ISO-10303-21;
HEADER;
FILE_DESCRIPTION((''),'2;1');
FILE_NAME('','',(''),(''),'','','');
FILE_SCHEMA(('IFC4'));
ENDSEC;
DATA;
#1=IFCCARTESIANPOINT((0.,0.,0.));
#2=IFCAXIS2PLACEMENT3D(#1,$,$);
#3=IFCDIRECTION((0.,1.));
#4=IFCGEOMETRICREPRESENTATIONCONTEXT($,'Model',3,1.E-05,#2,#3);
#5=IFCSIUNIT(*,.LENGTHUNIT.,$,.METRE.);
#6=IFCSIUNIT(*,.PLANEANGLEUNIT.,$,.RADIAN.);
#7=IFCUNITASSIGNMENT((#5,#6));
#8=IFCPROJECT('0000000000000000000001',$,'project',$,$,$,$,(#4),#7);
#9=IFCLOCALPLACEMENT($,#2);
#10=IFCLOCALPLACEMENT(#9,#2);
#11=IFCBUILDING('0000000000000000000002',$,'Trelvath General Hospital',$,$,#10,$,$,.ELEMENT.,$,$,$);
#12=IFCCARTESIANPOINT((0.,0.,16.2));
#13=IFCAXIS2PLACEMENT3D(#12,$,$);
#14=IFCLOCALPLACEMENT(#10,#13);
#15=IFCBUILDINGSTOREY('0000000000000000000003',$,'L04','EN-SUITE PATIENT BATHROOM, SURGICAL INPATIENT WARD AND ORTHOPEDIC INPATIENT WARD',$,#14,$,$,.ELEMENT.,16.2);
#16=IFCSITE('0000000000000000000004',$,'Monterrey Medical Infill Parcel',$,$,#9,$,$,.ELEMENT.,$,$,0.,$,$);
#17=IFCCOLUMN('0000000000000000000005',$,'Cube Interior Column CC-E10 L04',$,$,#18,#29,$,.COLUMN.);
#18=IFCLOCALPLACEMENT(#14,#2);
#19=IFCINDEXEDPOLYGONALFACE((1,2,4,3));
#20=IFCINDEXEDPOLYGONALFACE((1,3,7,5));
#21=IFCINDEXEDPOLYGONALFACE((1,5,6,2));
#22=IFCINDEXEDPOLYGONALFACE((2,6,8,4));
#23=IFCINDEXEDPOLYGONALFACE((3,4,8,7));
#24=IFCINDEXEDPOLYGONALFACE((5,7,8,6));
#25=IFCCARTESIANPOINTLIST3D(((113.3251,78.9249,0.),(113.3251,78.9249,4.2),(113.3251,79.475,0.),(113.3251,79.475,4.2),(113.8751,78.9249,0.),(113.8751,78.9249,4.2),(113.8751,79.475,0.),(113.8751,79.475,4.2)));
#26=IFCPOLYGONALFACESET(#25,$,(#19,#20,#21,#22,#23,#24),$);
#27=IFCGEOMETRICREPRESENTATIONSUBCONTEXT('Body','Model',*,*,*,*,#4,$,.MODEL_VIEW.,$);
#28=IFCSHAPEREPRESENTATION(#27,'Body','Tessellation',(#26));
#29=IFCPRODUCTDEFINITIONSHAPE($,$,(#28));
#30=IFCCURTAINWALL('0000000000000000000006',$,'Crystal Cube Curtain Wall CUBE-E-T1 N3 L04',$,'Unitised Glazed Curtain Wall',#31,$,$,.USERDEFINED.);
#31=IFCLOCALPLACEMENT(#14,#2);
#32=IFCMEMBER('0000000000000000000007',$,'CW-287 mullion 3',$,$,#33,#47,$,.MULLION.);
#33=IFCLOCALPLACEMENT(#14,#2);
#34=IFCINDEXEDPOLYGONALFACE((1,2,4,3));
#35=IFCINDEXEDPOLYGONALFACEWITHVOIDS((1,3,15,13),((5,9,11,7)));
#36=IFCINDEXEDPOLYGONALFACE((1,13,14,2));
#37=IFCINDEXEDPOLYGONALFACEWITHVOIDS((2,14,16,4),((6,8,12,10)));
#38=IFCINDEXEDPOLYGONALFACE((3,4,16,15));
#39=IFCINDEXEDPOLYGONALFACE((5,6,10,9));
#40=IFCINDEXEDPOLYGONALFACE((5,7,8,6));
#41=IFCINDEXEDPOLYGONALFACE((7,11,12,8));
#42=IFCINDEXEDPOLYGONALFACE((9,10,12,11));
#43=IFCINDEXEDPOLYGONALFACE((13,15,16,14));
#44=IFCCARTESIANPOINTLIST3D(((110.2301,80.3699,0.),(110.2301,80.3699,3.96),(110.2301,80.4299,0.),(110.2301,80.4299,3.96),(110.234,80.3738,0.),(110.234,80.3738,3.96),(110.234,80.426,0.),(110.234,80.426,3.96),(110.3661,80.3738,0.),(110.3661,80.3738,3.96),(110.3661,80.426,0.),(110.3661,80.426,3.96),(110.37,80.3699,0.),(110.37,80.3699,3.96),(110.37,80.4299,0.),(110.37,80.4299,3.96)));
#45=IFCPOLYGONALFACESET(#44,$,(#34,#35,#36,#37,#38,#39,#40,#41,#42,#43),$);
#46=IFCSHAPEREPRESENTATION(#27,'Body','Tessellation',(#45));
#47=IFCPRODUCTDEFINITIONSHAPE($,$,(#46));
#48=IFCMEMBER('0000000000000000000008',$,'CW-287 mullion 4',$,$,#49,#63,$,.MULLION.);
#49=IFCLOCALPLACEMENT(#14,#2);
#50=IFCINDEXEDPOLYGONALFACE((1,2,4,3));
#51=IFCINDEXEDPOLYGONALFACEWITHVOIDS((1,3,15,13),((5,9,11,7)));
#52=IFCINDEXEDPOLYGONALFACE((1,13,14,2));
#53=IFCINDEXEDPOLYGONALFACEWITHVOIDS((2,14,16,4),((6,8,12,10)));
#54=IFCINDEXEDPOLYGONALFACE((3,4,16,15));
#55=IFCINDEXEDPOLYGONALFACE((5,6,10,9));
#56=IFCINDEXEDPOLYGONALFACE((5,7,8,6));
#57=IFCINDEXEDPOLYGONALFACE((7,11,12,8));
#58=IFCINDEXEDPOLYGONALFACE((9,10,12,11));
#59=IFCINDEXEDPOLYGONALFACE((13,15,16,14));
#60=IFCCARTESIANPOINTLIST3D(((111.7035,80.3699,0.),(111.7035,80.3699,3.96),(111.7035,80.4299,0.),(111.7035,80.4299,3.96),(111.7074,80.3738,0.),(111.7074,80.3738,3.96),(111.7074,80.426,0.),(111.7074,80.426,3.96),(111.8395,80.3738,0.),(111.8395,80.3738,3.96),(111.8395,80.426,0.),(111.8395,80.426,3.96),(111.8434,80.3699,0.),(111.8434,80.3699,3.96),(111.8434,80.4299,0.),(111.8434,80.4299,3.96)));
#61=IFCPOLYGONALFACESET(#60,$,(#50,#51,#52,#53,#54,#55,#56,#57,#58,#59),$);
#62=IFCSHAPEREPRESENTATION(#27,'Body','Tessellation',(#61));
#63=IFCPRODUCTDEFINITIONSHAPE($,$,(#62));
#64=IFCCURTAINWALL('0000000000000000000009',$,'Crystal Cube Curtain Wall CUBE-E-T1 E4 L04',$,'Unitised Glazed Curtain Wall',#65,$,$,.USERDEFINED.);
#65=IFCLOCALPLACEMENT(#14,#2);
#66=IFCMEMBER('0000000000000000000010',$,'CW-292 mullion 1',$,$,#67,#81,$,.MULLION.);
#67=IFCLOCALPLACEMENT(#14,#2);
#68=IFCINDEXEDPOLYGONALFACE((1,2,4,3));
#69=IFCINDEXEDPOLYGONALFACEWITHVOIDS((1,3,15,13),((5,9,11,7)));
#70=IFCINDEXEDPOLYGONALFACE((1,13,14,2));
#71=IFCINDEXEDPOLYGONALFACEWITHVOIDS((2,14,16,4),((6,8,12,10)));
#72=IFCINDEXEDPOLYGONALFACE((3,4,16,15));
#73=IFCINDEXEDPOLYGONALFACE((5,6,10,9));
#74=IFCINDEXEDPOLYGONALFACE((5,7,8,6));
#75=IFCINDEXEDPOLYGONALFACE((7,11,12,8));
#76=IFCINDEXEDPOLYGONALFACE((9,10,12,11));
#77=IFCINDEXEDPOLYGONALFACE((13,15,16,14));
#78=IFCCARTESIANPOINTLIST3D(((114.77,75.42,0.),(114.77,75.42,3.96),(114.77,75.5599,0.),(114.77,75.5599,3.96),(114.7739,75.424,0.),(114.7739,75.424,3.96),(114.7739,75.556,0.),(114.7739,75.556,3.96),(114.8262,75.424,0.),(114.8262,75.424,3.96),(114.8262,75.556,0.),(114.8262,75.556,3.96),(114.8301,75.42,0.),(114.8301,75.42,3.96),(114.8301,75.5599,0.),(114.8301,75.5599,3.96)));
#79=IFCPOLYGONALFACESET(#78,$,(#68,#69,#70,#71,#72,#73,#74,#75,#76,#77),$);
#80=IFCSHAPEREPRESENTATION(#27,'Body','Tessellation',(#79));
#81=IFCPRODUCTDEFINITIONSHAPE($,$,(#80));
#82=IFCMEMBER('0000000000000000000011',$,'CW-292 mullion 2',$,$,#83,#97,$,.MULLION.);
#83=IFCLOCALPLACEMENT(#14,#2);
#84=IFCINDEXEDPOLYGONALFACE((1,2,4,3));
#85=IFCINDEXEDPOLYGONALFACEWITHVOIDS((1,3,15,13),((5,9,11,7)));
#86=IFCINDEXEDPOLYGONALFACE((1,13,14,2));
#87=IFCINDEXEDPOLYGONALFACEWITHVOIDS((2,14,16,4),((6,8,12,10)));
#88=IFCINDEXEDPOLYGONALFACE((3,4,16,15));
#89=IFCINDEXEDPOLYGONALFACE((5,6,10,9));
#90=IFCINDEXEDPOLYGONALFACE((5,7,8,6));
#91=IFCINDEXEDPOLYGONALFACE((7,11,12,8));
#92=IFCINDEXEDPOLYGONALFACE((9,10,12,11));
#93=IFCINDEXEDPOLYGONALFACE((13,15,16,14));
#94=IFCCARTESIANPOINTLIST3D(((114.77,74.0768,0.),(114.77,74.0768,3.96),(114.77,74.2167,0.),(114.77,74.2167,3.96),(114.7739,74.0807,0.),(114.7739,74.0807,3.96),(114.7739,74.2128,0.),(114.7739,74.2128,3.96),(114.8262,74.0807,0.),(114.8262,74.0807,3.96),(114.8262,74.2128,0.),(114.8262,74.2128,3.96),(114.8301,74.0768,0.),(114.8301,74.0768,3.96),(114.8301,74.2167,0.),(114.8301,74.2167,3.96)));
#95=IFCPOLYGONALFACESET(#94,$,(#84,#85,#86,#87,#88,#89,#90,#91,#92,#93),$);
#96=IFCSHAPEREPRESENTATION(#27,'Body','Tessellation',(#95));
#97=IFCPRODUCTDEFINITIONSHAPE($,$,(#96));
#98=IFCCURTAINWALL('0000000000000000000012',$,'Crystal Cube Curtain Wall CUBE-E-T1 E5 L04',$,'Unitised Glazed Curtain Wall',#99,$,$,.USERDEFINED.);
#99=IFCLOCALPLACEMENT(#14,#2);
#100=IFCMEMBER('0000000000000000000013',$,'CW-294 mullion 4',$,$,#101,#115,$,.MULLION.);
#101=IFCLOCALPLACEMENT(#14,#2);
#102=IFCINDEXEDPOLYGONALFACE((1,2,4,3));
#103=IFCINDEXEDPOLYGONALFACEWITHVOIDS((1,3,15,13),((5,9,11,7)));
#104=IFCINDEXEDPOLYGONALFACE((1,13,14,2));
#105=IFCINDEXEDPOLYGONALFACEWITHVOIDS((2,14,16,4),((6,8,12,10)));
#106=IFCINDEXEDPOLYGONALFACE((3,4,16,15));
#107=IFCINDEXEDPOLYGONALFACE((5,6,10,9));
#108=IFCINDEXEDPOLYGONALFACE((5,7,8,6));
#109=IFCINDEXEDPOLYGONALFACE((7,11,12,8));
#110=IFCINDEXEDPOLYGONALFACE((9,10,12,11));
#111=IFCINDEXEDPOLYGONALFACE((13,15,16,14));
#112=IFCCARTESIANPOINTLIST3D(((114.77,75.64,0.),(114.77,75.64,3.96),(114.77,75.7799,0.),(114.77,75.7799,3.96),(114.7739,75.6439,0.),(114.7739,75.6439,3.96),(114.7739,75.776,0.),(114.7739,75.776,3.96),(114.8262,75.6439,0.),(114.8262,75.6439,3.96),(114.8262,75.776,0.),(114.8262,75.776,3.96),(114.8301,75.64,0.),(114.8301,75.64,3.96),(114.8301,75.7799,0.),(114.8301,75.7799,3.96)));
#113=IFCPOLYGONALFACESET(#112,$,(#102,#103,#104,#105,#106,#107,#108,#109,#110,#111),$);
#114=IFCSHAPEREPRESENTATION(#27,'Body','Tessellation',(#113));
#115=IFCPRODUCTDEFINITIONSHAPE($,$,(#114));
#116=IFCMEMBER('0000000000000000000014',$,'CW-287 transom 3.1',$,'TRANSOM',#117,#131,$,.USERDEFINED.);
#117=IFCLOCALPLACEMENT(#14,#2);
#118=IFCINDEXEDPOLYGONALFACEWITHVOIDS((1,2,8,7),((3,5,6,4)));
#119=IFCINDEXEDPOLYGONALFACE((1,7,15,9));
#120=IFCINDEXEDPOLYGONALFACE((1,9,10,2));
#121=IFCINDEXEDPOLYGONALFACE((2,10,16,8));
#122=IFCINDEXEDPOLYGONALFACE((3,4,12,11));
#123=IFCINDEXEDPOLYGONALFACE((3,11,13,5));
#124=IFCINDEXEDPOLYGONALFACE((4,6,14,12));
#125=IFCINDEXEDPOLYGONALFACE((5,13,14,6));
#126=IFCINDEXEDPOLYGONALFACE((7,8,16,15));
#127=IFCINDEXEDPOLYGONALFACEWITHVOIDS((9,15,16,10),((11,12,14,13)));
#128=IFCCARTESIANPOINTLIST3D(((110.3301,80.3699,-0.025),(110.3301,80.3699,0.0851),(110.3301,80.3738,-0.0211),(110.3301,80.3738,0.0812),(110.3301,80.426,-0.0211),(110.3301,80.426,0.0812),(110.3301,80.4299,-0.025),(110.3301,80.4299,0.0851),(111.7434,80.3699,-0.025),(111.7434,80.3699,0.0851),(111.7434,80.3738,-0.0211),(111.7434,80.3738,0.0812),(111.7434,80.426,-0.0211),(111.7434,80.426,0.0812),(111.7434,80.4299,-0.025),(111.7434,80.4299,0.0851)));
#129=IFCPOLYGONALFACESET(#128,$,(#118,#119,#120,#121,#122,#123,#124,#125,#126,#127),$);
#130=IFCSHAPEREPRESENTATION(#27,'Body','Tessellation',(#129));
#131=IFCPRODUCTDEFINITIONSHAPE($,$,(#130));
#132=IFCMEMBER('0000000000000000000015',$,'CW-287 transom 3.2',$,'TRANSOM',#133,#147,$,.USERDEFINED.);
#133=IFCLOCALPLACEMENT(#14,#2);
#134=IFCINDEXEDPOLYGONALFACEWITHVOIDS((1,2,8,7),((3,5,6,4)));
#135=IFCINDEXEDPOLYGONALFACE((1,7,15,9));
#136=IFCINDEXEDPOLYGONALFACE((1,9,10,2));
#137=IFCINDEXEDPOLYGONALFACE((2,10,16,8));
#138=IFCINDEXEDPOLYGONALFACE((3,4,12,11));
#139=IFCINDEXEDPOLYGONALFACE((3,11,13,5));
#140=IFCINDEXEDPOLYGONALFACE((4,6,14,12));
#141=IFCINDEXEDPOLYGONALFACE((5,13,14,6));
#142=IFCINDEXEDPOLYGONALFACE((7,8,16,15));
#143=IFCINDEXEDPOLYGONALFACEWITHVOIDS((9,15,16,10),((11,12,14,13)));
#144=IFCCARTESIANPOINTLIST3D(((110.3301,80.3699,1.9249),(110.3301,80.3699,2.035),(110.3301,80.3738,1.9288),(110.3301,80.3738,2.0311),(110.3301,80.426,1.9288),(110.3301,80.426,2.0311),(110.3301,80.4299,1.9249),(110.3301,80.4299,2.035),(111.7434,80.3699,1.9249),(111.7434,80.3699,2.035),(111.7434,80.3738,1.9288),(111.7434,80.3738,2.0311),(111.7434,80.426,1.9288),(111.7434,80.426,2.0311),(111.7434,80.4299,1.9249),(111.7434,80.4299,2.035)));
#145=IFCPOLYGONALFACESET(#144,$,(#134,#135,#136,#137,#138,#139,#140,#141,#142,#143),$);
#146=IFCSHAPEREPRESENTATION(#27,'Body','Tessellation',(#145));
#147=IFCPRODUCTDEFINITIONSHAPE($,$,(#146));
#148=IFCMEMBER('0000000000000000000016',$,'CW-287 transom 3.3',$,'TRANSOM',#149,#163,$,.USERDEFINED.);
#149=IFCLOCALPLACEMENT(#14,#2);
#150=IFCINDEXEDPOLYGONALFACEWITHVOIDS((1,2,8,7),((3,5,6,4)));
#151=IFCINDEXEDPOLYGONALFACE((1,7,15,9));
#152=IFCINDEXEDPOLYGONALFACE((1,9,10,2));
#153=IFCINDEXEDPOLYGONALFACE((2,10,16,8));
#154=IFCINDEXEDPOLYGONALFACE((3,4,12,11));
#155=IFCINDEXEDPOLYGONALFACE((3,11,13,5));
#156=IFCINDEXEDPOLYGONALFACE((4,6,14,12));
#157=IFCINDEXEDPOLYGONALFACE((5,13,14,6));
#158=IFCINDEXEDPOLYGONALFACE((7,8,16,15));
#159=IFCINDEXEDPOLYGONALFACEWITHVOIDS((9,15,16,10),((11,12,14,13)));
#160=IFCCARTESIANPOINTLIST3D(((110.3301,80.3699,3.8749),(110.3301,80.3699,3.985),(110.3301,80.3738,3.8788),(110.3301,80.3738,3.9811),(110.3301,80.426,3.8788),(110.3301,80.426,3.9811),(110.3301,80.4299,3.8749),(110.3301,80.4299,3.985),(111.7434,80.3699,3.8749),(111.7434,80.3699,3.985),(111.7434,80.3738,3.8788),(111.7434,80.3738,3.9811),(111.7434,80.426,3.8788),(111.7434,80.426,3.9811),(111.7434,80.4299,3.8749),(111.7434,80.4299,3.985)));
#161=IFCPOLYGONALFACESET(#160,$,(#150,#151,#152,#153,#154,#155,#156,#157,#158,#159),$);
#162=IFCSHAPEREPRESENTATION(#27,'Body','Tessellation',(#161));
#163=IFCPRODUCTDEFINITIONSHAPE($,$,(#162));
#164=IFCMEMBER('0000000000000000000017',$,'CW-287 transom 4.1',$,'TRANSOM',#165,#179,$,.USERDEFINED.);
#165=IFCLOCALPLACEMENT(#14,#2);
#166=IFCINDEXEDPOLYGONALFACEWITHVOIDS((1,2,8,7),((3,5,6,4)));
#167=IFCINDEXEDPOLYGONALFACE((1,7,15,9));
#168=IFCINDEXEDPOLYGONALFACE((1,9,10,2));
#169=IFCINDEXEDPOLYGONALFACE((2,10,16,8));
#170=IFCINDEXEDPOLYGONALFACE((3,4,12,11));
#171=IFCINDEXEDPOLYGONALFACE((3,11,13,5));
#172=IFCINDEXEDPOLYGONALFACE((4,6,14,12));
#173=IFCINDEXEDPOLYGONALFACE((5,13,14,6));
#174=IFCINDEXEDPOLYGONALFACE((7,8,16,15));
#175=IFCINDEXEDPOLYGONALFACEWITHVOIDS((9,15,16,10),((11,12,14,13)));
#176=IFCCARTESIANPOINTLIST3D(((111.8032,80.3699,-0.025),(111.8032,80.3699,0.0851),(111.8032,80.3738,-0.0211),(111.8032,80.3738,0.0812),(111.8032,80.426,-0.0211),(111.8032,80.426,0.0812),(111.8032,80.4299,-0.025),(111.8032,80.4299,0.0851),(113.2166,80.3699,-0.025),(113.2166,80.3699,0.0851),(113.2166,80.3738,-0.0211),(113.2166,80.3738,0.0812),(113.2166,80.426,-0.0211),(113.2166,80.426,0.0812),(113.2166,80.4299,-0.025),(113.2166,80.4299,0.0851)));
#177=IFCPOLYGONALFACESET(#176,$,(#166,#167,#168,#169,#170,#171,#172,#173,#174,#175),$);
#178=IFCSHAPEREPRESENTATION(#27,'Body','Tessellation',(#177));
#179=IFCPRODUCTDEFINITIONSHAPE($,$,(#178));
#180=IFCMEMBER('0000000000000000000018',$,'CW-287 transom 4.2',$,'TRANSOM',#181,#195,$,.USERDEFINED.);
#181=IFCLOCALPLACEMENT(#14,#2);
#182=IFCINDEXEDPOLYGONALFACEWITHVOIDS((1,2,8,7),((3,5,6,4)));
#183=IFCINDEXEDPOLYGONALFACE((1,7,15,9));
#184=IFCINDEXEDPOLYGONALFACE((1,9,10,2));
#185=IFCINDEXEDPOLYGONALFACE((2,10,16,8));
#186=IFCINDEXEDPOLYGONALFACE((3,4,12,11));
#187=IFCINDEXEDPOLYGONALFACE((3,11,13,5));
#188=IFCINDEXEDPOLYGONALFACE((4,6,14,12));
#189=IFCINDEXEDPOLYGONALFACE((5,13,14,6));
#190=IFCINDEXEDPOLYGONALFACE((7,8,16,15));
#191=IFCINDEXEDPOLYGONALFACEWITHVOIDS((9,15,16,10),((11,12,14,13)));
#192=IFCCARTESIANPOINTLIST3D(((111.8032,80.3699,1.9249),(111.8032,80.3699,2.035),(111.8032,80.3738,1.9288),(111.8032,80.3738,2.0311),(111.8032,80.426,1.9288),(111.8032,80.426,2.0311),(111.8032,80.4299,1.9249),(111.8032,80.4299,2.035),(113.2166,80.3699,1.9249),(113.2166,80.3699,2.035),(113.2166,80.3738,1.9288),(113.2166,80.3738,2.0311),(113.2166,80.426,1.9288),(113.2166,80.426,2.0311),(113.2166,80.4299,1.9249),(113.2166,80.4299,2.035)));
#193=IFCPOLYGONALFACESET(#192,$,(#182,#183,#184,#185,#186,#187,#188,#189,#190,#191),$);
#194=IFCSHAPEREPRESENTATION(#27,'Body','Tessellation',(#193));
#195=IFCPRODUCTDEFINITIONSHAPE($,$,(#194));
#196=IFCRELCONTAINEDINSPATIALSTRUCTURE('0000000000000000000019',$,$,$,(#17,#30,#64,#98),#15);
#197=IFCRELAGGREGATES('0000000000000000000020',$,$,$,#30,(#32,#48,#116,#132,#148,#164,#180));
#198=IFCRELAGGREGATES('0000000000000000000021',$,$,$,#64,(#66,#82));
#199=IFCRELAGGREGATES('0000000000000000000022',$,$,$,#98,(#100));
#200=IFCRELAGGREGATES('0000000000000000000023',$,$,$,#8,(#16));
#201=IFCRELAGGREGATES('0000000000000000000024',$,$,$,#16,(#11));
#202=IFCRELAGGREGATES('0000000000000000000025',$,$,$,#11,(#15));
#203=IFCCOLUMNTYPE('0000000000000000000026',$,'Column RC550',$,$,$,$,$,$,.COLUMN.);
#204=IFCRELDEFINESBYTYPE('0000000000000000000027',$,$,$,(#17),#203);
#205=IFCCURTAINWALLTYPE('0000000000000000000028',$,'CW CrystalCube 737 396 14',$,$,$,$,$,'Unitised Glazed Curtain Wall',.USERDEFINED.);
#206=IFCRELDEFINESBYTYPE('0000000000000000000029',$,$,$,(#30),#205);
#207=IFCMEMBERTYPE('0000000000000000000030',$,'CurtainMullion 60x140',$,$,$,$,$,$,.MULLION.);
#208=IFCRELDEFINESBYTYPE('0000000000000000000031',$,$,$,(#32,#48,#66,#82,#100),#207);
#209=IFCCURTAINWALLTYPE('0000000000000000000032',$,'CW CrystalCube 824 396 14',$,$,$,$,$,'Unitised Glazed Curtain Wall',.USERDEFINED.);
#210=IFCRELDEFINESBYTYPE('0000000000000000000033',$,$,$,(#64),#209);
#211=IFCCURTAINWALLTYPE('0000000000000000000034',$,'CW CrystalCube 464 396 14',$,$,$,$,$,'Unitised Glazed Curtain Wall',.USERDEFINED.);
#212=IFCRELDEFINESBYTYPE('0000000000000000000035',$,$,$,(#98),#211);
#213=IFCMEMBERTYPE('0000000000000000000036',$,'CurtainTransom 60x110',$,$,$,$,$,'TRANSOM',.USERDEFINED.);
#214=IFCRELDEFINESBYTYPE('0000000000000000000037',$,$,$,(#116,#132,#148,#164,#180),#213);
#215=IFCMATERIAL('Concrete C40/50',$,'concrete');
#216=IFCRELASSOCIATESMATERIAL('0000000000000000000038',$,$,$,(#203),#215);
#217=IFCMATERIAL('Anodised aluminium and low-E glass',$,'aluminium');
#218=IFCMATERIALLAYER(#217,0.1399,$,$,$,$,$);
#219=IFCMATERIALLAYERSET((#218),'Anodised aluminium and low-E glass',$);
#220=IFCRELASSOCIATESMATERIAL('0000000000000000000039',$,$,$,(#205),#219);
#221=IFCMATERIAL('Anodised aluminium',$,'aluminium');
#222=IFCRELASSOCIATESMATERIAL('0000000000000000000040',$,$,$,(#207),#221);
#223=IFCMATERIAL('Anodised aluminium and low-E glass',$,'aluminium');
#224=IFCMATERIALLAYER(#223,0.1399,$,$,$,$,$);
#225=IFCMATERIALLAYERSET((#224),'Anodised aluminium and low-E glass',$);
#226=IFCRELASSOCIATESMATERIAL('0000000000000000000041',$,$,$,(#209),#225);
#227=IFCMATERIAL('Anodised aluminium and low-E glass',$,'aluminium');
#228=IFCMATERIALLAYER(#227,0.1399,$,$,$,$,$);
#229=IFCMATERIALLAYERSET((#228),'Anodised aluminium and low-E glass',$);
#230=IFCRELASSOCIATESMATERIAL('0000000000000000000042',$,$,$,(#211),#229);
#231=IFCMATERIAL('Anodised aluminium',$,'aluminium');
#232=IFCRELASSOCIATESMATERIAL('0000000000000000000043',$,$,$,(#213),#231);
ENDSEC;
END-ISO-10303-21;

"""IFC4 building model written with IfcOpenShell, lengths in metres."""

from ifc_helpers import new_model, si_unit, direction, frame, origin, origin_2d, place, context, subcontext, project, spatial, rectangle, hollow_rectangle, extrude, material, layer, layer_set, material_profile, profile_set, type_object, element, aggregate, save


model = new_model("IFC4")

# Units and contexts
model_context = context("Model", 3, precision=1e-05, world=origin(), true_north=direction((0.0, 1.0)))
body_context = subcontext(model_context, "Body", "Model", "MODEL_VIEW")
ifc_project = project(units=[si_unit("LENGTHUNIT", "METRE"), si_unit("PLANEANGLEUNIT", "RADIAN")], contexts=[model_context])

# Site, building, storey
site_placement = place(None, origin())
site = spatial("IfcSite", under=ifc_project, at=site_placement, Name="Monterrey Medical Infill Parcel", CompositionType="ELEMENT", RefElevation=0.0)
building_placement = place(site_placement, origin())
building = spatial("IfcBuilding", under=site, at=building_placement, Name="Trelvath General Hospital", CompositionType="ELEMENT")
storey_placement = place(building_placement, frame((0.0, 0.0, 16.2)))
storey = spatial("IfcBuildingStorey", under=building, at=storey_placement, Name="L04", Description="EN-SUITE PATIENT BATHROOM, SURGICAL INPATIENT WARD AND ORTHOPEDIC INPATIENT WARD", CompositionType="ELEMENT", Elevation=16.2)

# Column
ifc_material_1 = material(Name="Concrete C40/50", Category="concrete")
ifc_material_profile_1 = material_profile(ifc_material_1, rectangle(XDim=0.55, YDim=0.55, at=origin_2d()), Name="RC550x550")
ifc_profile_set_1 = profile_set([ifc_material_profile_1], Name="Concrete C40/50")
column_type = type_object("IfcColumnType", Name="Column RC550", PredefinedType="COLUMN", material=ifc_profile_set_1)
column_placement = place(storey_placement, frame((113.6001, 79.2, 0.0), z_axis=(0.0, 0.0, 1.0), x_axis=(1.0, 0.0, 0.0)))
element("IfcColumn", 1, at=column_placement, inside=storey, type_object=column_type, Name="Cube Interior Column CC-E10 L04", PredefinedType="COLUMN", context=body_context, shape_type="SweptSolid", body=[
    extrude(rectangle(XDim=0.55, YDim=0.55, at=origin_2d()), origin(), (0.0, 0.0, 1.0), 4.2),
])

# Curtain walls, members
ifc_material_2 = material(Name="Anodised aluminium and low-E glass", Category="aluminium")
ifc_layer_1 = layer(ifc_material_2, 0.1399)
ifc_layer_set_1 = layer_set([ifc_layer_1], Name="Anodised aluminium and low-E glass")
curtain_wall_type_1 = type_object("IfcCurtainWallType", Name="CW CrystalCube 737 396 14", ElementType="Unitised Glazed Curtain Wall", PredefinedType="USERDEFINED", material=ifc_layer_set_1)
curtain_wall_1_placement = place(storey_placement, origin())
curtain_wall_1 = element("IfcCurtainWall", 2, at=curtain_wall_1_placement, inside=storey, type_object=curtain_wall_type_1, Name="Crystal Cube Curtain Wall CUBE-E-T1 N3 L04", ObjectType="Unitised Glazed Curtain Wall", PredefinedType="USERDEFINED")
ifc_material_3 = material(Name="Anodised aluminium", Category="aluminium")
ifc_material_profile_2 = material_profile(ifc_material_3, hollow_rectangle(XDim=0.0601, YDim=0.1399, WallThickness=0.0039, at=origin_2d()), Name="RHS60x140x4")
ifc_profile_set_2 = profile_set([ifc_material_profile_2], Name="Anodised aluminium")
member_type_1 = type_object("IfcMemberType", Name="CurtainMullion 60x140", PredefinedType="MULLION", material=ifc_profile_set_2)
member_1_placement = place(storey_placement, frame((110.3, 80.3999, 0.0), z_axis=(0.0, 0.0, 1.0), x_axis=(0.0, 1.0, 0.0)))
member_1 = element("IfcMember", 3, at=member_1_placement, type_object=member_type_1, Name="CW-287 mullion 3", PredefinedType="MULLION", context=body_context, shape_type="SweptSolid", body=[
    extrude(hollow_rectangle(XDim=0.0601, YDim=0.1399, WallThickness=0.0039, at=origin_2d()), origin(), (0.0, 0.0, 1.0), 3.96),
])
member_2_placement = place(storey_placement, frame((111.7734, 80.3999, 0.0), z_axis=(0.0, 0.0, 1.0), x_axis=(0.0, 1.0, 0.0)))
member_2 = element("IfcMember", 4, at=member_2_placement, type_object=member_type_1, Name="CW-287 mullion 4", PredefinedType="MULLION", context=body_context, shape_type="SweptSolid", body=[
    extrude(hollow_rectangle(XDim=0.0601, YDim=0.1399, WallThickness=0.0039, at=origin_2d()), origin(), (0.0, 0.0, 1.0), 3.96),
])
ifc_material_4 = material(Name="Anodised aluminium and low-E glass", Category="aluminium")
ifc_layer_2 = layer(ifc_material_4, 0.1399)
ifc_layer_set_2 = layer_set([ifc_layer_2], Name="Anodised aluminium and low-E glass")
curtain_wall_type_2 = type_object("IfcCurtainWallType", Name="CW CrystalCube 824 396 14", ElementType="Unitised Glazed Curtain Wall", PredefinedType="USERDEFINED", material=ifc_layer_set_2)
curtain_wall_2_placement = place(storey_placement, origin())
curtain_wall_2 = element("IfcCurtainWall", 5, at=curtain_wall_2_placement, inside=storey, type_object=curtain_wall_type_2, Name="Crystal Cube Curtain Wall CUBE-E-T1 E4 L04", ObjectType="Unitised Glazed Curtain Wall", PredefinedType="USERDEFINED")
member_3_placement = place(storey_placement, frame((114.8, 75.49, 0.0), z_axis=(0.0, 0.0, 1.0), x_axis=(1.0, 0.0, 0.0)))
member_3 = element("IfcMember", 6, at=member_3_placement, type_object=member_type_1, Name="CW-292 mullion 1", PredefinedType="MULLION", context=body_context, shape_type="SweptSolid", body=[
    extrude(hollow_rectangle(XDim=0.0601, YDim=0.1399, WallThickness=0.0039, at=origin_2d()), origin(), (0.0, 0.0, 1.0), 3.96),
])
member_4_placement = place(storey_placement, frame((114.8, 74.1467, 0.0), z_axis=(0.0, 0.0, 1.0), x_axis=(1.0, 0.0, 0.0)))
member_4 = element("IfcMember", 7, at=member_4_placement, type_object=member_type_1, Name="CW-292 mullion 2", PredefinedType="MULLION", context=body_context, shape_type="SweptSolid", body=[
    extrude(hollow_rectangle(XDim=0.0601, YDim=0.1399, WallThickness=0.0039, at=origin_2d()), origin(), (0.0, 0.0, 1.0), 3.96),
])

# Curtain wall, member
ifc_material_5 = material(Name="Anodised aluminium and low-E glass", Category="aluminium")
ifc_layer_3 = layer(ifc_material_5, 0.1399)
ifc_layer_set_3 = layer_set([ifc_layer_3], Name="Anodised aluminium and low-E glass")
curtain_wall_type_3 = type_object("IfcCurtainWallType", Name="CW CrystalCube 464 396 14", ElementType="Unitised Glazed Curtain Wall", PredefinedType="USERDEFINED", material=ifc_layer_set_3)
curtain_wall_3_placement = place(storey_placement, origin())
curtain_wall_3 = element("IfcCurtainWall", 8, at=curtain_wall_3_placement, inside=storey, type_object=curtain_wall_type_3, Name="Crystal Cube Curtain Wall CUBE-E-T1 E5 L04", ObjectType="Unitised Glazed Curtain Wall", PredefinedType="USERDEFINED")
member_5_placement = place(storey_placement, frame((114.8, 75.71, 0.0), z_axis=(0.0, 0.0, 1.0), x_axis=(1.0, 0.0, 0.0)))
member_5 = element("IfcMember", 9, at=member_5_placement, type_object=member_type_1, Name="CW-294 mullion 4", PredefinedType="MULLION", context=body_context, shape_type="SweptSolid", body=[
    extrude(hollow_rectangle(XDim=0.0601, YDim=0.1399, WallThickness=0.0039, at=origin_2d()), origin(), (0.0, 0.0, 1.0), 3.96),
])

# Members
ifc_material_6 = material(Name="Anodised aluminium", Category="aluminium")
ifc_material_profile_3 = material_profile(ifc_material_6, hollow_rectangle(XDim=0.0601, YDim=0.1101, WallThickness=0.0039, at=origin_2d()), Name="RHS60x110x4")
ifc_profile_set_3 = profile_set([ifc_material_profile_3], Name="Anodised aluminium")
member_type_2 = type_object("IfcMemberType", Name="CurtainTransom 60x110", ElementType="TRANSOM", PredefinedType="USERDEFINED", material=ifc_profile_set_3)
member_6_placement = place(storey_placement, frame((110.3301, 80.3999, 0.03), z_axis=(1.0, 0.0, 0.0), x_axis=(0.0, 1.0, 0.0)))
member_6 = element("IfcMember", 10, at=member_6_placement, type_object=member_type_2, Name="CW-287 transom 3.1", ObjectType="TRANSOM", PredefinedType="USERDEFINED", context=body_context, shape_type="SweptSolid", body=[
    extrude(hollow_rectangle(XDim=0.0601, YDim=0.1101, WallThickness=0.0039, at=origin_2d()), origin(), (0.0, 0.0, 1.0), 1.4133),
])
member_7_placement = place(storey_placement, frame((110.3301, 80.3999, 1.98), z_axis=(1.0, 0.0, 0.0), x_axis=(0.0, 1.0, 0.0)))
member_7 = element("IfcMember", 11, at=member_7_placement, type_object=member_type_2, Name="CW-287 transom 3.2", ObjectType="TRANSOM", PredefinedType="USERDEFINED", context=body_context, shape_type="SweptSolid", body=[
    extrude(hollow_rectangle(XDim=0.0601, YDim=0.1101, WallThickness=0.0039, at=origin_2d()), origin(), (0.0, 0.0, 1.0), 1.4133),
])
member_8_placement = place(storey_placement, frame((110.3301, 80.3999, 3.9299), z_axis=(1.0, 0.0, 0.0), x_axis=(0.0, 1.0, 0.0)))
member_8 = element("IfcMember", 12, at=member_8_placement, type_object=member_type_2, Name="CW-287 transom 3.3", ObjectType="TRANSOM", PredefinedType="USERDEFINED", context=body_context, shape_type="SweptSolid", body=[
    extrude(hollow_rectangle(XDim=0.0601, YDim=0.1101, WallThickness=0.0039, at=origin_2d()), origin(), (0.0, 0.0, 1.0), 1.4133),
])
member_9_placement = place(storey_placement, frame((111.8032, 80.3999, 0.03), z_axis=(1.0, 0.0, 0.0), x_axis=(0.0, 1.0, 0.0)))
member_9 = element("IfcMember", 13, at=member_9_placement, type_object=member_type_2, Name="CW-287 transom 4.1", ObjectType="TRANSOM", PredefinedType="USERDEFINED", context=body_context, shape_type="SweptSolid", body=[
    extrude(hollow_rectangle(XDim=0.0601, YDim=0.1101, WallThickness=0.0039, at=origin_2d()), origin(), (0.0, 0.0, 1.0), 1.4133),
])
member_10_placement = place(storey_placement, frame((111.8032, 80.3999, 1.98), z_axis=(1.0, 0.0, 0.0), x_axis=(0.0, 1.0, 0.0)))
member_10 = element("IfcMember", 14, at=member_10_placement, type_object=member_type_2, Name="CW-287 transom 4.2", ObjectType="TRANSOM", PredefinedType="USERDEFINED", context=body_context, shape_type="SweptSolid", body=[
    extrude(hollow_rectangle(XDim=0.0601, YDim=0.1101, WallThickness=0.0039, at=origin_2d()), origin(), (0.0, 0.0, 1.0), 1.4133),
])

aggregate(curtain_wall_1, [member_1, member_2, member_6, member_7, member_8, member_9, member_10])
aggregate(curtain_wall_2, [member_3, member_4])
aggregate(curtain_wall_3, [member_5])

save(model, "model.ifc")
